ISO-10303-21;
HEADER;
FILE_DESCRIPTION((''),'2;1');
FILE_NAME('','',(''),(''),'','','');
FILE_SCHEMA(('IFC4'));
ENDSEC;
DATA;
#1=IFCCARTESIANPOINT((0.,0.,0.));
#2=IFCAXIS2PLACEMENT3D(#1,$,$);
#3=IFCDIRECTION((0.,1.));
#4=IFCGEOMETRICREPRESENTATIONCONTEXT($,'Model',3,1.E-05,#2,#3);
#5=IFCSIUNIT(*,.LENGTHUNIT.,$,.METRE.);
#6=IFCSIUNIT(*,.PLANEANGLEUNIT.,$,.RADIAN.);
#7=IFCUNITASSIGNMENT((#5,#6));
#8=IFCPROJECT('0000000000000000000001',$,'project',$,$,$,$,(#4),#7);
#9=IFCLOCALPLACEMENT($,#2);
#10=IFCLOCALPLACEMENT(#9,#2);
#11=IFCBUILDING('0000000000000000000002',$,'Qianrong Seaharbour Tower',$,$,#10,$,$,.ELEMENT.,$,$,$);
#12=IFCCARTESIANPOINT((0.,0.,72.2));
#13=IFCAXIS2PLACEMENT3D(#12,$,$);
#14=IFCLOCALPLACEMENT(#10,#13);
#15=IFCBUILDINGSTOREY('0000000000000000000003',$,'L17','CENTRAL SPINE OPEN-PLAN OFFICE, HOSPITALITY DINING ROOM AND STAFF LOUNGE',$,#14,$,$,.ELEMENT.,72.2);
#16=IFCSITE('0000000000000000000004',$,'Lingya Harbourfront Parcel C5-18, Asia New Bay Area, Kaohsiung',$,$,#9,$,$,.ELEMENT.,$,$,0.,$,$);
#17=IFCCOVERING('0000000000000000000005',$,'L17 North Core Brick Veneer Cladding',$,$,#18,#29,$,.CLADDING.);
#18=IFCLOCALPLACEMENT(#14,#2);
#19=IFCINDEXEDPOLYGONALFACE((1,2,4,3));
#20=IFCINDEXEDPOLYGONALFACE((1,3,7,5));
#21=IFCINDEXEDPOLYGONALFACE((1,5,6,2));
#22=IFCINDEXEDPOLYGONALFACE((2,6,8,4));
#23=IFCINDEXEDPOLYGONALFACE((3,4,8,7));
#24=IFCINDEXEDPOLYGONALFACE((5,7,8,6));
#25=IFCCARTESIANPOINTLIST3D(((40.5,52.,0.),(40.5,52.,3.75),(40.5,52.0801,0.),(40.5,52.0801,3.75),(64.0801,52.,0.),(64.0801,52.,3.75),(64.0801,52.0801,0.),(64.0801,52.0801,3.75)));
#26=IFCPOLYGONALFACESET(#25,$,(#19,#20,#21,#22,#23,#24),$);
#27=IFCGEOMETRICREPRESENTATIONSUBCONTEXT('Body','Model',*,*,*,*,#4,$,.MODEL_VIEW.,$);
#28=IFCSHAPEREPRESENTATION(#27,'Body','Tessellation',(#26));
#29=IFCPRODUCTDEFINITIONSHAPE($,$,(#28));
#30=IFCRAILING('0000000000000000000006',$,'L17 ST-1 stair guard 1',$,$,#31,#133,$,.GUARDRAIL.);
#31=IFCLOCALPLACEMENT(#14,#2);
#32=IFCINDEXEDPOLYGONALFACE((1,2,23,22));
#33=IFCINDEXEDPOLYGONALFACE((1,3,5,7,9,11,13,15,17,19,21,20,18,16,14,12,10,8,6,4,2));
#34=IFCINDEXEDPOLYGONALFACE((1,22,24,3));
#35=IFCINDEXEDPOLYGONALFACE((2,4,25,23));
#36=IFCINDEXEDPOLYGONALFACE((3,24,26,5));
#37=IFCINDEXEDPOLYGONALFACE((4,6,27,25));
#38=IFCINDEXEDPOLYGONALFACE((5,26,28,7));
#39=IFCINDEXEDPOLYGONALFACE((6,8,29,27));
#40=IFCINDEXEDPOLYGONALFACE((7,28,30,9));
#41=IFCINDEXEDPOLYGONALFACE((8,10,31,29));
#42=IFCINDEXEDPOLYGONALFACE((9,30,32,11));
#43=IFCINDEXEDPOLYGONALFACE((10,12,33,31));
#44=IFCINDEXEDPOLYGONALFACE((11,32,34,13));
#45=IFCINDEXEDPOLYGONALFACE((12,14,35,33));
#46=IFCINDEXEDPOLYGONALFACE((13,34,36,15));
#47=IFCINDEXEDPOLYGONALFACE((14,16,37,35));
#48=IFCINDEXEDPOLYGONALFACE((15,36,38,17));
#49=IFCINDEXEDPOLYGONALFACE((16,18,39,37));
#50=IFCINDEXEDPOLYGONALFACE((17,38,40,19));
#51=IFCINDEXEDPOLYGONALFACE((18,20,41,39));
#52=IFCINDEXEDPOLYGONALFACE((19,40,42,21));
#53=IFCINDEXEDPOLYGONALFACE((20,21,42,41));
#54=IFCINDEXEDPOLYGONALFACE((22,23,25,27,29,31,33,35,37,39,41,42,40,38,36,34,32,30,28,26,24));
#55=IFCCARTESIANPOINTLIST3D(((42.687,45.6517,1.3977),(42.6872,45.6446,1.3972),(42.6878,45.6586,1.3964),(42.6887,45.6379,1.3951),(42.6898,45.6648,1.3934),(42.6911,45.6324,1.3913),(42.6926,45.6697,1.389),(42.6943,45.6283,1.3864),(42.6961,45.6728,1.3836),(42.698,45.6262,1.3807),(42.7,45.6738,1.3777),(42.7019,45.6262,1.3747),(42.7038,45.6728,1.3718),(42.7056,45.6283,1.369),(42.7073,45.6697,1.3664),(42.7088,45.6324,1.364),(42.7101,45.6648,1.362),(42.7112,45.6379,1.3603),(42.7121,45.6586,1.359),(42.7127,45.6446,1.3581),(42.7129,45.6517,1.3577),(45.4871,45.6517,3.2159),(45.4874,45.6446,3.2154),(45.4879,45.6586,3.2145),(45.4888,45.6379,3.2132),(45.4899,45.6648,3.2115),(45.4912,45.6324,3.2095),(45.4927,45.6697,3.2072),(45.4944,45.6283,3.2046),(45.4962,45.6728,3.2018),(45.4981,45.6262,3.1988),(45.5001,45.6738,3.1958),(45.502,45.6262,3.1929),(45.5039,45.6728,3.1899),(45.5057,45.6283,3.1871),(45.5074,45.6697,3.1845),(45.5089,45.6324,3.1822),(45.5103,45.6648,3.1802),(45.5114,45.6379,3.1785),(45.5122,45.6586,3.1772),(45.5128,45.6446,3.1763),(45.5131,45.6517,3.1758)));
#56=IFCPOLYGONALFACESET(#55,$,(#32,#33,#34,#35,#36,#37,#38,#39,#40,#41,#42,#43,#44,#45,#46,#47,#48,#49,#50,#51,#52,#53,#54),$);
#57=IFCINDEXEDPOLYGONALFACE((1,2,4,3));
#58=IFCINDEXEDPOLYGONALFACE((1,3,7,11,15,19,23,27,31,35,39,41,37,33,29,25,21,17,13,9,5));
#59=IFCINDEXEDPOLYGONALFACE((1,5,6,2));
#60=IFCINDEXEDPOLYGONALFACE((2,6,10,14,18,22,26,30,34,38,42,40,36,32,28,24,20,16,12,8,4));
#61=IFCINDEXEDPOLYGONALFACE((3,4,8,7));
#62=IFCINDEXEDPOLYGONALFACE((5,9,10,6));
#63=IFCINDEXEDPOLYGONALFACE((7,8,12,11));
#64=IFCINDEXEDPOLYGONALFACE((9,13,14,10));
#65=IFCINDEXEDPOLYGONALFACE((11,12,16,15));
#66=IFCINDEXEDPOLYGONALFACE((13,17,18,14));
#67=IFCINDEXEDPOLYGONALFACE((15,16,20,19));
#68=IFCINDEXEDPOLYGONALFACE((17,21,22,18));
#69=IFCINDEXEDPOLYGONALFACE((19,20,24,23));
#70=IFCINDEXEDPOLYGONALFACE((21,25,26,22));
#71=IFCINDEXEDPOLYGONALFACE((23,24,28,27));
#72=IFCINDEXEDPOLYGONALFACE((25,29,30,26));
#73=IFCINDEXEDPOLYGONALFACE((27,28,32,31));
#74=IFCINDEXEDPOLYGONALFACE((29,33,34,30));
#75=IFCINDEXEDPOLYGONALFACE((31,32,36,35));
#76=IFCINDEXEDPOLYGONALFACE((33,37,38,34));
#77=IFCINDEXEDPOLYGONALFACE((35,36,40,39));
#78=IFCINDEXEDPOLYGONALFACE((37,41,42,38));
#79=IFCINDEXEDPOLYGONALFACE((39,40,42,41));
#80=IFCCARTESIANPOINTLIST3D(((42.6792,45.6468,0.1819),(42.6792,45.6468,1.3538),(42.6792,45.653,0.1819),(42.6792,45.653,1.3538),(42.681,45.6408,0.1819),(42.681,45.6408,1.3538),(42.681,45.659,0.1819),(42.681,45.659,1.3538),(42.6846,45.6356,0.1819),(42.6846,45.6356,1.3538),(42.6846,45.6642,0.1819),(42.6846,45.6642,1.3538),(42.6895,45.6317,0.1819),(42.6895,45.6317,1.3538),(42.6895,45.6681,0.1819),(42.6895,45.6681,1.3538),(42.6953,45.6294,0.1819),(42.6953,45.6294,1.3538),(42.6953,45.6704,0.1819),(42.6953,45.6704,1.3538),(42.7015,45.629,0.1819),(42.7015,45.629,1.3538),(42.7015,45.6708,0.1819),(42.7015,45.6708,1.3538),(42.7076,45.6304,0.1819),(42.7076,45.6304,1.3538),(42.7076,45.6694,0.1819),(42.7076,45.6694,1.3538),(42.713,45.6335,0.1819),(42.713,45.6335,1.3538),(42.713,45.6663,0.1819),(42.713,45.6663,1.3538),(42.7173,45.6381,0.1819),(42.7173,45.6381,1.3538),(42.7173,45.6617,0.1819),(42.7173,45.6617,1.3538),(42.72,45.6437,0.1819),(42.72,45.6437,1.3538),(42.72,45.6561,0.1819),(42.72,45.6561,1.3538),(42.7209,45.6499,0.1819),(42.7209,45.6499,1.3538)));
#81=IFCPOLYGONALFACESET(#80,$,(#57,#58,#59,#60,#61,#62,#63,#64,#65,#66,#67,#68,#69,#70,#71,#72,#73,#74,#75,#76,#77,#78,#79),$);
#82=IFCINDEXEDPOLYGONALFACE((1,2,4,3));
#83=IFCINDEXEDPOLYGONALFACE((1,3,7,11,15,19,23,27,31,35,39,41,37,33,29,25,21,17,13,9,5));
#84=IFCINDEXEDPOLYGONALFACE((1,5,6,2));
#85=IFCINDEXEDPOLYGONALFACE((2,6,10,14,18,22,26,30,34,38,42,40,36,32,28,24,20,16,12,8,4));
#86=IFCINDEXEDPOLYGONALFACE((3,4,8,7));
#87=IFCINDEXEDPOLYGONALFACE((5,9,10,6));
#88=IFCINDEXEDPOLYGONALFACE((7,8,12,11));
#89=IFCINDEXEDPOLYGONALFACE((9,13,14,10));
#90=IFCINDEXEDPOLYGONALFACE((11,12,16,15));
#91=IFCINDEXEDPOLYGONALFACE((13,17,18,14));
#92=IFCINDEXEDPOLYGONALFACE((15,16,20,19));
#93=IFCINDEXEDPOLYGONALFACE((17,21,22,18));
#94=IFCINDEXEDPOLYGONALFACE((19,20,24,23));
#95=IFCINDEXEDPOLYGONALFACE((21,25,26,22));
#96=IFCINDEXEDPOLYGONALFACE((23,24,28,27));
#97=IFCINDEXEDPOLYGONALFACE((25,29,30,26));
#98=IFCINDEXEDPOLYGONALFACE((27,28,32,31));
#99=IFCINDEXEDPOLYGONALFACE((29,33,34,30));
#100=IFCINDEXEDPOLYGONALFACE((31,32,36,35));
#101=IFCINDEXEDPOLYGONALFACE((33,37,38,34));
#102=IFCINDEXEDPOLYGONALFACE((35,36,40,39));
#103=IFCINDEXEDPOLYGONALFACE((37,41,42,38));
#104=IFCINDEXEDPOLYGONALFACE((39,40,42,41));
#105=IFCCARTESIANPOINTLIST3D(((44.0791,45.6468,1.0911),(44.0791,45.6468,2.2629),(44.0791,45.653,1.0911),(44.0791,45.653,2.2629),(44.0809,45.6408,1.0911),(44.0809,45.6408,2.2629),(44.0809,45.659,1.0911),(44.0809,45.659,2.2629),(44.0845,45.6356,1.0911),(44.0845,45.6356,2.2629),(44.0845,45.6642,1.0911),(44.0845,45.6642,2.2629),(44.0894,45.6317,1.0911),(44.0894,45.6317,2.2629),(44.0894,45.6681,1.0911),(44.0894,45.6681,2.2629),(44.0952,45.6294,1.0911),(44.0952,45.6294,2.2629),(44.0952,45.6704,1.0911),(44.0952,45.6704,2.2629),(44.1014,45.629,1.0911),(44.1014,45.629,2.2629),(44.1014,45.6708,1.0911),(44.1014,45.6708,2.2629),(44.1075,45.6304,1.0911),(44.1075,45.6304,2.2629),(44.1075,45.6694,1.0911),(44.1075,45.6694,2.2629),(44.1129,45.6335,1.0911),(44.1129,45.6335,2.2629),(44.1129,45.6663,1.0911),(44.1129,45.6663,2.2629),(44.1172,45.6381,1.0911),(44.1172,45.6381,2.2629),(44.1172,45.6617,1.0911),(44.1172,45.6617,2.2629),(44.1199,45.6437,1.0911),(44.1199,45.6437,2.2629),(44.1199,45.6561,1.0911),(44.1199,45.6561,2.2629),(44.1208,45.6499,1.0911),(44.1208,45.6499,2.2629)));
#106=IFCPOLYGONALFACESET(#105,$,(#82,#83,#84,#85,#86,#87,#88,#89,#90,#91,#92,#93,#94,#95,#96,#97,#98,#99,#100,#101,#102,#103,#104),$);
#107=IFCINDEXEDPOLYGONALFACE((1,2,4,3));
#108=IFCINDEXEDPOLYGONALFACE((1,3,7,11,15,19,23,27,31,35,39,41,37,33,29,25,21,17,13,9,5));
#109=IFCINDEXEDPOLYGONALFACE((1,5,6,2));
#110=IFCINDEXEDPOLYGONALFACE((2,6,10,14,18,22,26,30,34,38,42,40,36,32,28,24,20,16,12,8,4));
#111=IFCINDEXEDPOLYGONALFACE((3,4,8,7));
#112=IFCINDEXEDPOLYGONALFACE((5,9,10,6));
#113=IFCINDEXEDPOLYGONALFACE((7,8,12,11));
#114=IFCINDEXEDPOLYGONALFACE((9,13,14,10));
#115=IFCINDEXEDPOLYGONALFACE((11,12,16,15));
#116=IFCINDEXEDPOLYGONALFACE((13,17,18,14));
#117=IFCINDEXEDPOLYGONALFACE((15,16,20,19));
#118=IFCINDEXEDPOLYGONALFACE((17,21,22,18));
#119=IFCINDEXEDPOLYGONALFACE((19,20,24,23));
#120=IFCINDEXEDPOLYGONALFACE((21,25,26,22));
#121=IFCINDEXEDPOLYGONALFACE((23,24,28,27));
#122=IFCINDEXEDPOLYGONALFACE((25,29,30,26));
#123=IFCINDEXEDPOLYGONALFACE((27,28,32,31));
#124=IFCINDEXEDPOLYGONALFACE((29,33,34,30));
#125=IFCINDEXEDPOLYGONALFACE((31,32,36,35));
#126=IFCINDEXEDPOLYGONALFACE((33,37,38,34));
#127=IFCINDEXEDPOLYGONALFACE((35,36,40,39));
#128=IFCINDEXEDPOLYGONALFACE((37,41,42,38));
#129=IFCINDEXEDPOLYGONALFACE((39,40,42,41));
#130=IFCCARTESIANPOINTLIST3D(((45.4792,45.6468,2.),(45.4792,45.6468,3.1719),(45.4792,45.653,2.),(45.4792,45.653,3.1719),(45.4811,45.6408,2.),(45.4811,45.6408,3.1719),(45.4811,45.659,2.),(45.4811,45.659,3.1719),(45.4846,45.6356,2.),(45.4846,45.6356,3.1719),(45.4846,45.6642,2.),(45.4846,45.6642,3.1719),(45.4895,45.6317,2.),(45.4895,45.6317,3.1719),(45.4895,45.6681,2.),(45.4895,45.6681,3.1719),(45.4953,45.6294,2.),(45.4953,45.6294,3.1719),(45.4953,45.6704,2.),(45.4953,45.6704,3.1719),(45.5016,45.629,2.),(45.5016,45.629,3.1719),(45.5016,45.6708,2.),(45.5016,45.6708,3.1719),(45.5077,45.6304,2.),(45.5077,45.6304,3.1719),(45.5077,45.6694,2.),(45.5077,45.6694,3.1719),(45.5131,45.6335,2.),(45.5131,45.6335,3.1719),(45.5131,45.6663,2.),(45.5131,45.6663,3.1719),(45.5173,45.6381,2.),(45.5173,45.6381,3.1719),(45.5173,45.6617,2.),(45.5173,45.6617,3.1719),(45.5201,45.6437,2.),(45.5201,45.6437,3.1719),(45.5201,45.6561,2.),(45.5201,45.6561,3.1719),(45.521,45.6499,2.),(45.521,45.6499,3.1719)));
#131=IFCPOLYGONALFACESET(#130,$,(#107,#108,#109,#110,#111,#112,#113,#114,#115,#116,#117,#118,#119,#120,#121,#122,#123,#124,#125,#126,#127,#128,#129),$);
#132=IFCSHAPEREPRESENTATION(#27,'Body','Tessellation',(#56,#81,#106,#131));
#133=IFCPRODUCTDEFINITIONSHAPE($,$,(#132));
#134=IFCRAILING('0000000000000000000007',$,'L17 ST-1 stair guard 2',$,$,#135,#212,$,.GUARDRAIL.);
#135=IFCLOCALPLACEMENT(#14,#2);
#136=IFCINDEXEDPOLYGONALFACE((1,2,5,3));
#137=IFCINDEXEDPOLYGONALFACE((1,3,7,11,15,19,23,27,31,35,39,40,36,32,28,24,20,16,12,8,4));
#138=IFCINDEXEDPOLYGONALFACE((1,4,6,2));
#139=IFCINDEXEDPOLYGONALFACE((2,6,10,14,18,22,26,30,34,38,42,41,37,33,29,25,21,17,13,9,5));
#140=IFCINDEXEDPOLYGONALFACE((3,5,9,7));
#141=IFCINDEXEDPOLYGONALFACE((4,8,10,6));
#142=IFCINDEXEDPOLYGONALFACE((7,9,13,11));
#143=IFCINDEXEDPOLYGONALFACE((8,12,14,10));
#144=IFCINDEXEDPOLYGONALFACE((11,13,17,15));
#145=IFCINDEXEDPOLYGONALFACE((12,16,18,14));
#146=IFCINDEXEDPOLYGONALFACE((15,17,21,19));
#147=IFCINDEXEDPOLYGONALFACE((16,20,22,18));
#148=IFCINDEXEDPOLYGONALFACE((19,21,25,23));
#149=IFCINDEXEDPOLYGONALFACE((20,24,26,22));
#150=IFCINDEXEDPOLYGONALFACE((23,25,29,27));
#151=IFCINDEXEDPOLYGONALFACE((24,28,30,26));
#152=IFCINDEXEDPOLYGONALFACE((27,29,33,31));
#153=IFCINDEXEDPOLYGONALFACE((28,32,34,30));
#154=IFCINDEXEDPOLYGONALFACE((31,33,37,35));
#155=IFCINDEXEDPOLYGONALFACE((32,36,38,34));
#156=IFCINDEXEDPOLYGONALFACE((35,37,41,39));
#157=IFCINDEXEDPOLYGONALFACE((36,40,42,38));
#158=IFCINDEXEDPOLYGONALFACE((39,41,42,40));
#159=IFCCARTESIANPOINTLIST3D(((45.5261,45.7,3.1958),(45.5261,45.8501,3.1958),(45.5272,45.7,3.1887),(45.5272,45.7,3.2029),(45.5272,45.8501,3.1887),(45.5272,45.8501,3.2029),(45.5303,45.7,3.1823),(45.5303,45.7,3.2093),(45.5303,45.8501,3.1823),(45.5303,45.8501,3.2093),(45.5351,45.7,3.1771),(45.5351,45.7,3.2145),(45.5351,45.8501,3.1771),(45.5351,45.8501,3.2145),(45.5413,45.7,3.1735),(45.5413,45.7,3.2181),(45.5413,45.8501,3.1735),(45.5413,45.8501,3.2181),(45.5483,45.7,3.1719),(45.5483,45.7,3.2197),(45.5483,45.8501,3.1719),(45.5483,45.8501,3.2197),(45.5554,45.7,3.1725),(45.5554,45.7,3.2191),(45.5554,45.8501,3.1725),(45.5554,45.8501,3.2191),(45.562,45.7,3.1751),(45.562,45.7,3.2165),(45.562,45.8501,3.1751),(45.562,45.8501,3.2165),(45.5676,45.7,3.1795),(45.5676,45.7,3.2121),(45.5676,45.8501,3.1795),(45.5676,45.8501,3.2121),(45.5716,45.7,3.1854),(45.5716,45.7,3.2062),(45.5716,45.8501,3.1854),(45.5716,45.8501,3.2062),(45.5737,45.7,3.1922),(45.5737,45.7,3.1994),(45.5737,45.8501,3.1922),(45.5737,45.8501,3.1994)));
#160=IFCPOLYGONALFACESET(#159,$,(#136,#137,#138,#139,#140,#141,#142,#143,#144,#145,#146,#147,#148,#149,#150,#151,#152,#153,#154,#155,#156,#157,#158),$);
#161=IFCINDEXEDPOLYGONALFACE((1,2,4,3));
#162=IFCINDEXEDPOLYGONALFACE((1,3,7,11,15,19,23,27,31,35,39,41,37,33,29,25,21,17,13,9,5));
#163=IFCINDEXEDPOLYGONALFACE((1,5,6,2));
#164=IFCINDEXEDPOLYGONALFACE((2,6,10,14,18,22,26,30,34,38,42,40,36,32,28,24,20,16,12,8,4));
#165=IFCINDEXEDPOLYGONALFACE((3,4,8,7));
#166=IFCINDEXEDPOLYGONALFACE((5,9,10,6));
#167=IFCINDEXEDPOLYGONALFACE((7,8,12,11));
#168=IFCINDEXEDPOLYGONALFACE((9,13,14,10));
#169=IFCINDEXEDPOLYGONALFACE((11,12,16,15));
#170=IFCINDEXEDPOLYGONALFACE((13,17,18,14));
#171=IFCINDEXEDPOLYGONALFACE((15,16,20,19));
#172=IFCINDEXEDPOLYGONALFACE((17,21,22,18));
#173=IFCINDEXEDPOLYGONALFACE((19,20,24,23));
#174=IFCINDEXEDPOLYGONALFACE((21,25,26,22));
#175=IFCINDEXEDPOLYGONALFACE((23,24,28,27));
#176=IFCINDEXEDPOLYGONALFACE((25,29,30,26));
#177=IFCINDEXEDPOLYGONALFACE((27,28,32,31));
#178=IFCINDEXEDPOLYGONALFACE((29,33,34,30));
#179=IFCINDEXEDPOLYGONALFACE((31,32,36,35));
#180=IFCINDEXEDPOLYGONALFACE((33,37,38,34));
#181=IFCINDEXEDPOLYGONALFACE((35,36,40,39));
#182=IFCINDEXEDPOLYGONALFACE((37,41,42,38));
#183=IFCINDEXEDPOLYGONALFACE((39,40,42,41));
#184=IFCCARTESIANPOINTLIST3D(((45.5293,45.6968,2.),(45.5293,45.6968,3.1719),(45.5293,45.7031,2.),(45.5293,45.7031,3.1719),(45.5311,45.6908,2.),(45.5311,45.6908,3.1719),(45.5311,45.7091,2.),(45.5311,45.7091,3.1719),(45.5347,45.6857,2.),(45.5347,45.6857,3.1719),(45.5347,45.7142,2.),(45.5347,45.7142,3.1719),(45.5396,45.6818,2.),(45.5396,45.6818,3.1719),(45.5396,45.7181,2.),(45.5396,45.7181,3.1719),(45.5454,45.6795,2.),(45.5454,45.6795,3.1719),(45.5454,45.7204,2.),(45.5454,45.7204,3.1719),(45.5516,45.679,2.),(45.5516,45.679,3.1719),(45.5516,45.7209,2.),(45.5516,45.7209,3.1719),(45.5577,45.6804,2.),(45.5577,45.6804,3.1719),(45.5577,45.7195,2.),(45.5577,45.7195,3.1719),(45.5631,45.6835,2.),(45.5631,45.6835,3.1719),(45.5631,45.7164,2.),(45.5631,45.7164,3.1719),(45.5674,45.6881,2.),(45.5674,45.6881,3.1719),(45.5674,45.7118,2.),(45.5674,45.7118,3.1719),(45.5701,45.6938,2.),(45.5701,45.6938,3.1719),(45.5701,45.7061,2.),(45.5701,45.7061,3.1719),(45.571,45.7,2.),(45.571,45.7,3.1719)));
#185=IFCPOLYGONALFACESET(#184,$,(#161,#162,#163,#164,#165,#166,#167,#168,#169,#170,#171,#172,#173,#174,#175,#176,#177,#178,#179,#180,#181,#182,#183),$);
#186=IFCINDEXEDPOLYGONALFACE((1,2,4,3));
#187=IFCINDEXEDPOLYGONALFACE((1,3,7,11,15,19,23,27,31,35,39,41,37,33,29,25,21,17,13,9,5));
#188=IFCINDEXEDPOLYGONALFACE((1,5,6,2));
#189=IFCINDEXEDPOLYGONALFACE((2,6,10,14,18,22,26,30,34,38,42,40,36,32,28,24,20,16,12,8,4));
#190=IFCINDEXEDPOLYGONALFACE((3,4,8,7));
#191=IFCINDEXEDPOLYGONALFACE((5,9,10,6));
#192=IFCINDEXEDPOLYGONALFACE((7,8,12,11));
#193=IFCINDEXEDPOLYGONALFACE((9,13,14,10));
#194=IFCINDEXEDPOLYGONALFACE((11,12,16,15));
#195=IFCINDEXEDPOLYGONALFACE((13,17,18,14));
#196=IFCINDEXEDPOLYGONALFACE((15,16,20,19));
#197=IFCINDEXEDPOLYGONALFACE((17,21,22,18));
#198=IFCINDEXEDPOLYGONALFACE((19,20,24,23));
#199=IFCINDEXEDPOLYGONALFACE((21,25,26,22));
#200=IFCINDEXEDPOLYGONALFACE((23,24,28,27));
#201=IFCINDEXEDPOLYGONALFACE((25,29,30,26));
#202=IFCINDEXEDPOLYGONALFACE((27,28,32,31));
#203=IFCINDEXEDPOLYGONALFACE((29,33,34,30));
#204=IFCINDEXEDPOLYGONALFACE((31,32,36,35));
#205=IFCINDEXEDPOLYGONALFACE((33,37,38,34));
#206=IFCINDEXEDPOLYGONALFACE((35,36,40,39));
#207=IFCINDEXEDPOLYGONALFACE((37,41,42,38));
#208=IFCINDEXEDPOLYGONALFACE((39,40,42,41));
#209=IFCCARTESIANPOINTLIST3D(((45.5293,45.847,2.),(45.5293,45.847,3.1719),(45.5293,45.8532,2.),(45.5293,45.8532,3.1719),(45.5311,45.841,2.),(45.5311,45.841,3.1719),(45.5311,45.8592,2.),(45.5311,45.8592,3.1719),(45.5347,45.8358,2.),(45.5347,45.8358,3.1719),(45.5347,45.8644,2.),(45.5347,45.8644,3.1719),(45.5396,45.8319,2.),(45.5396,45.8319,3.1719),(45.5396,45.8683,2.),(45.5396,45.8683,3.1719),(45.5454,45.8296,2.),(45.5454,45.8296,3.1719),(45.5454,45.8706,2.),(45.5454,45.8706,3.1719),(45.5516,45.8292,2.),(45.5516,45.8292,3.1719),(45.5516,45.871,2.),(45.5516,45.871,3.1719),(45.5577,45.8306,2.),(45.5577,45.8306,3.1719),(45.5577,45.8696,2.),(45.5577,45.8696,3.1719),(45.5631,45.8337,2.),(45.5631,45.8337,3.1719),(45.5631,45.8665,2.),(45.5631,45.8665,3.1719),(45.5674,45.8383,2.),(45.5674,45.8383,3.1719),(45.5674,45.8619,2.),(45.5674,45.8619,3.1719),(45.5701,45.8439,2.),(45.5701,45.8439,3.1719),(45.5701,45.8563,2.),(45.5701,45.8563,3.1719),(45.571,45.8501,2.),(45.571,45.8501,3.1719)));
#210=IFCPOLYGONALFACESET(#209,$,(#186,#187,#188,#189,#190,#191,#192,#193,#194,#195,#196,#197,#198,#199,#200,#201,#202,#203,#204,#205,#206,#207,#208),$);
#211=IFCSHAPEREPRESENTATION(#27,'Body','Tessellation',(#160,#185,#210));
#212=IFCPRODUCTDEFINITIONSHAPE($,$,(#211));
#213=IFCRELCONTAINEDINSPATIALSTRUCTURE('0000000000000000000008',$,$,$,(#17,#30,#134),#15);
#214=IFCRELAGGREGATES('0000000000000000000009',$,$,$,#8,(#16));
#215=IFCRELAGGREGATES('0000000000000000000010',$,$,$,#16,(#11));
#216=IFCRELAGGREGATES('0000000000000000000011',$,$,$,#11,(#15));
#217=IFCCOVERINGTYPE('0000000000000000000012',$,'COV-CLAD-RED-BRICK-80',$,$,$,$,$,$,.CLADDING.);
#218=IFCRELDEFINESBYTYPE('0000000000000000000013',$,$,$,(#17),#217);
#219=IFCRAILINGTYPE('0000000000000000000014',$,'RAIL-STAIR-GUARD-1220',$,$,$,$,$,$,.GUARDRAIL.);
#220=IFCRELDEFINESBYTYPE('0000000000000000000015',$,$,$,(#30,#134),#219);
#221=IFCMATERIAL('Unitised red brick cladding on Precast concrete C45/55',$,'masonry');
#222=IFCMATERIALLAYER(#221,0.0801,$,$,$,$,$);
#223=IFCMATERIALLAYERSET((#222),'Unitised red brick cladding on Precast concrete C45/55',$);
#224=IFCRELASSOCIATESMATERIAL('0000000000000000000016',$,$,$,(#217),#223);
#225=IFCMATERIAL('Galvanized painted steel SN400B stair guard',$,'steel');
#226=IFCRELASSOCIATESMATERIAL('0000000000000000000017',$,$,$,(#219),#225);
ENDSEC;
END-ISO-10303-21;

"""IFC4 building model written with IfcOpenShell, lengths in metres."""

from ifc_helpers import new_model, si_unit, direction, frame, origin, origin_2d, place, context, subcontext, project, spatial, rectangle, circle, extrude, material, layer, layer_set, type_object, element, save


model = new_model("IFC4")

# Units and contexts
model_context = context("Model", 3, precision=1e-05, world=origin(), true_north=direction((0.0, 1.0)))
body_context = subcontext(model_context, "Body", "Model", "MODEL_VIEW")
ifc_project = project(units=[si_unit("LENGTHUNIT", "METRE"), si_unit("PLANEANGLEUNIT", "RADIAN")], contexts=[model_context])

# Site, building, storey
site_placement = place(None, origin())
site = spatial("IfcSite", under=ifc_project, at=site_placement, Name="Lingya Harbourfront Parcel C5-18, Asia New Bay Area, Kaohsiung", CompositionType="ELEMENT", RefElevation=0.0)
building_placement = place(site_placement, origin())
building = spatial("IfcBuilding", under=site, at=building_placement, Name="Qianrong Seaharbour Tower", CompositionType="ELEMENT")
storey_placement = place(building_placement, frame((0.0, 0.0, 72.2)))
storey = spatial("IfcBuildingStorey", under=building, at=storey_placement, Name="L17", Description="CENTRAL SPINE OPEN-PLAN OFFICE, HOSPITALITY DINING ROOM AND STAFF LOUNGE", CompositionType="ELEMENT", Elevation=72.2)

# Covering
ifc_material_1 = material(Name="Unitised red brick cladding on Precast concrete C45/55", Category="masonry")
ifc_layer_1 = layer(ifc_material_1, 0.0801)
ifc_layer_set_1 = layer_set([ifc_layer_1], Name="Unitised red brick cladding on Precast concrete C45/55")
covering_type = type_object("IfcCoveringType", Name="COV-CLAD-RED-BRICK-80", PredefinedType="CLADDING", material=ifc_layer_set_1)
covering_placement = place(storey_placement, frame((52.29, 52.04, 0.0), z_axis=(0.0, 0.0, 1.0), x_axis=(1.0, 0.0, 0.0)))
element("IfcCovering", 1, at=covering_placement, inside=storey, type_object=covering_type, Name="L17 North Core Brick Veneer Cladding", PredefinedType="CLADDING", context=body_context, shape_type="SweptSolid", body=[
    extrude(rectangle(XDim=23.5801, YDim=0.0801, at=origin_2d()), origin(), (0.0, 0.0, 1.0), 3.75),
])

# Railings
ifc_material_2 = material(Name="Galvanized painted steel SN400B stair guard", Category="steel")
railing_type_1 = type_object("IfcRailingType", Name="RAIL-STAIR-GUARD-1220", PredefinedType="GUARDRAIL", material=ifc_material_2)
railing_1_placement = place(storey_placement, frame((42.7, 45.6499, 0.1819)))
element("IfcRailing", 2, at=railing_1_placement, inside=storey, type_object=railing_type_1, Name="L17 ST-1 stair guard 1", PredefinedType="GUARDRAIL", context=body_context, shape_type="SweptSolid", body=[
    extrude(circle(Radius=0.0239, at=origin_2d()), frame((0.0, 0.0, 1.1958), z_axis=(0.838706, 0.0, 0.544585), x_axis=(0.0, 1.0, 0.0)), (0.0, 0.0, 1.0), 3.3386),
    extrude(circle(Radius=0.021, at=origin_2d()), origin(), (0.0, 0.0, 1.0), 1.1719),
    extrude(circle(Radius=0.021, at=origin_2d()), frame((1.3999, 0.0, 0.9092)), (0.0, 0.0, 1.0), 1.1719),
    extrude(circle(Radius=0.021, at=origin_2d()), frame((2.8, 0.0, 1.8181)), (0.0, 0.0, 1.0), 1.1719),
])
railing_2_placement = place(storey_placement, frame((45.55, 45.7, 2.0)))
element("IfcRailing", 3, at=railing_2_placement, inside=storey, type_object=railing_type_1, Name="L17 ST-1 stair guard 2", PredefinedType="GUARDRAIL", context=body_context, shape_type="SweptSolid", body=[
    extrude(circle(Radius=0.0239, at=origin_2d()), frame((0.0, 0.0, 1.1958), z_axis=(0.0, 1.0, 0.0), x_axis=(-1.0, 0.0, 0.0)), (0.0, 0.0, 1.0), 0.1501),
    extrude(circle(Radius=0.021, at=origin_2d()), origin(), (0.0, 0.0, 1.0), 1.1719),
    extrude(circle(Radius=0.021, at=origin_2d()), frame((0.0, 0.1501, 0.0)), (0.0, 0.0, 1.0), 1.1719),
])

save(model, "model.ifc")
